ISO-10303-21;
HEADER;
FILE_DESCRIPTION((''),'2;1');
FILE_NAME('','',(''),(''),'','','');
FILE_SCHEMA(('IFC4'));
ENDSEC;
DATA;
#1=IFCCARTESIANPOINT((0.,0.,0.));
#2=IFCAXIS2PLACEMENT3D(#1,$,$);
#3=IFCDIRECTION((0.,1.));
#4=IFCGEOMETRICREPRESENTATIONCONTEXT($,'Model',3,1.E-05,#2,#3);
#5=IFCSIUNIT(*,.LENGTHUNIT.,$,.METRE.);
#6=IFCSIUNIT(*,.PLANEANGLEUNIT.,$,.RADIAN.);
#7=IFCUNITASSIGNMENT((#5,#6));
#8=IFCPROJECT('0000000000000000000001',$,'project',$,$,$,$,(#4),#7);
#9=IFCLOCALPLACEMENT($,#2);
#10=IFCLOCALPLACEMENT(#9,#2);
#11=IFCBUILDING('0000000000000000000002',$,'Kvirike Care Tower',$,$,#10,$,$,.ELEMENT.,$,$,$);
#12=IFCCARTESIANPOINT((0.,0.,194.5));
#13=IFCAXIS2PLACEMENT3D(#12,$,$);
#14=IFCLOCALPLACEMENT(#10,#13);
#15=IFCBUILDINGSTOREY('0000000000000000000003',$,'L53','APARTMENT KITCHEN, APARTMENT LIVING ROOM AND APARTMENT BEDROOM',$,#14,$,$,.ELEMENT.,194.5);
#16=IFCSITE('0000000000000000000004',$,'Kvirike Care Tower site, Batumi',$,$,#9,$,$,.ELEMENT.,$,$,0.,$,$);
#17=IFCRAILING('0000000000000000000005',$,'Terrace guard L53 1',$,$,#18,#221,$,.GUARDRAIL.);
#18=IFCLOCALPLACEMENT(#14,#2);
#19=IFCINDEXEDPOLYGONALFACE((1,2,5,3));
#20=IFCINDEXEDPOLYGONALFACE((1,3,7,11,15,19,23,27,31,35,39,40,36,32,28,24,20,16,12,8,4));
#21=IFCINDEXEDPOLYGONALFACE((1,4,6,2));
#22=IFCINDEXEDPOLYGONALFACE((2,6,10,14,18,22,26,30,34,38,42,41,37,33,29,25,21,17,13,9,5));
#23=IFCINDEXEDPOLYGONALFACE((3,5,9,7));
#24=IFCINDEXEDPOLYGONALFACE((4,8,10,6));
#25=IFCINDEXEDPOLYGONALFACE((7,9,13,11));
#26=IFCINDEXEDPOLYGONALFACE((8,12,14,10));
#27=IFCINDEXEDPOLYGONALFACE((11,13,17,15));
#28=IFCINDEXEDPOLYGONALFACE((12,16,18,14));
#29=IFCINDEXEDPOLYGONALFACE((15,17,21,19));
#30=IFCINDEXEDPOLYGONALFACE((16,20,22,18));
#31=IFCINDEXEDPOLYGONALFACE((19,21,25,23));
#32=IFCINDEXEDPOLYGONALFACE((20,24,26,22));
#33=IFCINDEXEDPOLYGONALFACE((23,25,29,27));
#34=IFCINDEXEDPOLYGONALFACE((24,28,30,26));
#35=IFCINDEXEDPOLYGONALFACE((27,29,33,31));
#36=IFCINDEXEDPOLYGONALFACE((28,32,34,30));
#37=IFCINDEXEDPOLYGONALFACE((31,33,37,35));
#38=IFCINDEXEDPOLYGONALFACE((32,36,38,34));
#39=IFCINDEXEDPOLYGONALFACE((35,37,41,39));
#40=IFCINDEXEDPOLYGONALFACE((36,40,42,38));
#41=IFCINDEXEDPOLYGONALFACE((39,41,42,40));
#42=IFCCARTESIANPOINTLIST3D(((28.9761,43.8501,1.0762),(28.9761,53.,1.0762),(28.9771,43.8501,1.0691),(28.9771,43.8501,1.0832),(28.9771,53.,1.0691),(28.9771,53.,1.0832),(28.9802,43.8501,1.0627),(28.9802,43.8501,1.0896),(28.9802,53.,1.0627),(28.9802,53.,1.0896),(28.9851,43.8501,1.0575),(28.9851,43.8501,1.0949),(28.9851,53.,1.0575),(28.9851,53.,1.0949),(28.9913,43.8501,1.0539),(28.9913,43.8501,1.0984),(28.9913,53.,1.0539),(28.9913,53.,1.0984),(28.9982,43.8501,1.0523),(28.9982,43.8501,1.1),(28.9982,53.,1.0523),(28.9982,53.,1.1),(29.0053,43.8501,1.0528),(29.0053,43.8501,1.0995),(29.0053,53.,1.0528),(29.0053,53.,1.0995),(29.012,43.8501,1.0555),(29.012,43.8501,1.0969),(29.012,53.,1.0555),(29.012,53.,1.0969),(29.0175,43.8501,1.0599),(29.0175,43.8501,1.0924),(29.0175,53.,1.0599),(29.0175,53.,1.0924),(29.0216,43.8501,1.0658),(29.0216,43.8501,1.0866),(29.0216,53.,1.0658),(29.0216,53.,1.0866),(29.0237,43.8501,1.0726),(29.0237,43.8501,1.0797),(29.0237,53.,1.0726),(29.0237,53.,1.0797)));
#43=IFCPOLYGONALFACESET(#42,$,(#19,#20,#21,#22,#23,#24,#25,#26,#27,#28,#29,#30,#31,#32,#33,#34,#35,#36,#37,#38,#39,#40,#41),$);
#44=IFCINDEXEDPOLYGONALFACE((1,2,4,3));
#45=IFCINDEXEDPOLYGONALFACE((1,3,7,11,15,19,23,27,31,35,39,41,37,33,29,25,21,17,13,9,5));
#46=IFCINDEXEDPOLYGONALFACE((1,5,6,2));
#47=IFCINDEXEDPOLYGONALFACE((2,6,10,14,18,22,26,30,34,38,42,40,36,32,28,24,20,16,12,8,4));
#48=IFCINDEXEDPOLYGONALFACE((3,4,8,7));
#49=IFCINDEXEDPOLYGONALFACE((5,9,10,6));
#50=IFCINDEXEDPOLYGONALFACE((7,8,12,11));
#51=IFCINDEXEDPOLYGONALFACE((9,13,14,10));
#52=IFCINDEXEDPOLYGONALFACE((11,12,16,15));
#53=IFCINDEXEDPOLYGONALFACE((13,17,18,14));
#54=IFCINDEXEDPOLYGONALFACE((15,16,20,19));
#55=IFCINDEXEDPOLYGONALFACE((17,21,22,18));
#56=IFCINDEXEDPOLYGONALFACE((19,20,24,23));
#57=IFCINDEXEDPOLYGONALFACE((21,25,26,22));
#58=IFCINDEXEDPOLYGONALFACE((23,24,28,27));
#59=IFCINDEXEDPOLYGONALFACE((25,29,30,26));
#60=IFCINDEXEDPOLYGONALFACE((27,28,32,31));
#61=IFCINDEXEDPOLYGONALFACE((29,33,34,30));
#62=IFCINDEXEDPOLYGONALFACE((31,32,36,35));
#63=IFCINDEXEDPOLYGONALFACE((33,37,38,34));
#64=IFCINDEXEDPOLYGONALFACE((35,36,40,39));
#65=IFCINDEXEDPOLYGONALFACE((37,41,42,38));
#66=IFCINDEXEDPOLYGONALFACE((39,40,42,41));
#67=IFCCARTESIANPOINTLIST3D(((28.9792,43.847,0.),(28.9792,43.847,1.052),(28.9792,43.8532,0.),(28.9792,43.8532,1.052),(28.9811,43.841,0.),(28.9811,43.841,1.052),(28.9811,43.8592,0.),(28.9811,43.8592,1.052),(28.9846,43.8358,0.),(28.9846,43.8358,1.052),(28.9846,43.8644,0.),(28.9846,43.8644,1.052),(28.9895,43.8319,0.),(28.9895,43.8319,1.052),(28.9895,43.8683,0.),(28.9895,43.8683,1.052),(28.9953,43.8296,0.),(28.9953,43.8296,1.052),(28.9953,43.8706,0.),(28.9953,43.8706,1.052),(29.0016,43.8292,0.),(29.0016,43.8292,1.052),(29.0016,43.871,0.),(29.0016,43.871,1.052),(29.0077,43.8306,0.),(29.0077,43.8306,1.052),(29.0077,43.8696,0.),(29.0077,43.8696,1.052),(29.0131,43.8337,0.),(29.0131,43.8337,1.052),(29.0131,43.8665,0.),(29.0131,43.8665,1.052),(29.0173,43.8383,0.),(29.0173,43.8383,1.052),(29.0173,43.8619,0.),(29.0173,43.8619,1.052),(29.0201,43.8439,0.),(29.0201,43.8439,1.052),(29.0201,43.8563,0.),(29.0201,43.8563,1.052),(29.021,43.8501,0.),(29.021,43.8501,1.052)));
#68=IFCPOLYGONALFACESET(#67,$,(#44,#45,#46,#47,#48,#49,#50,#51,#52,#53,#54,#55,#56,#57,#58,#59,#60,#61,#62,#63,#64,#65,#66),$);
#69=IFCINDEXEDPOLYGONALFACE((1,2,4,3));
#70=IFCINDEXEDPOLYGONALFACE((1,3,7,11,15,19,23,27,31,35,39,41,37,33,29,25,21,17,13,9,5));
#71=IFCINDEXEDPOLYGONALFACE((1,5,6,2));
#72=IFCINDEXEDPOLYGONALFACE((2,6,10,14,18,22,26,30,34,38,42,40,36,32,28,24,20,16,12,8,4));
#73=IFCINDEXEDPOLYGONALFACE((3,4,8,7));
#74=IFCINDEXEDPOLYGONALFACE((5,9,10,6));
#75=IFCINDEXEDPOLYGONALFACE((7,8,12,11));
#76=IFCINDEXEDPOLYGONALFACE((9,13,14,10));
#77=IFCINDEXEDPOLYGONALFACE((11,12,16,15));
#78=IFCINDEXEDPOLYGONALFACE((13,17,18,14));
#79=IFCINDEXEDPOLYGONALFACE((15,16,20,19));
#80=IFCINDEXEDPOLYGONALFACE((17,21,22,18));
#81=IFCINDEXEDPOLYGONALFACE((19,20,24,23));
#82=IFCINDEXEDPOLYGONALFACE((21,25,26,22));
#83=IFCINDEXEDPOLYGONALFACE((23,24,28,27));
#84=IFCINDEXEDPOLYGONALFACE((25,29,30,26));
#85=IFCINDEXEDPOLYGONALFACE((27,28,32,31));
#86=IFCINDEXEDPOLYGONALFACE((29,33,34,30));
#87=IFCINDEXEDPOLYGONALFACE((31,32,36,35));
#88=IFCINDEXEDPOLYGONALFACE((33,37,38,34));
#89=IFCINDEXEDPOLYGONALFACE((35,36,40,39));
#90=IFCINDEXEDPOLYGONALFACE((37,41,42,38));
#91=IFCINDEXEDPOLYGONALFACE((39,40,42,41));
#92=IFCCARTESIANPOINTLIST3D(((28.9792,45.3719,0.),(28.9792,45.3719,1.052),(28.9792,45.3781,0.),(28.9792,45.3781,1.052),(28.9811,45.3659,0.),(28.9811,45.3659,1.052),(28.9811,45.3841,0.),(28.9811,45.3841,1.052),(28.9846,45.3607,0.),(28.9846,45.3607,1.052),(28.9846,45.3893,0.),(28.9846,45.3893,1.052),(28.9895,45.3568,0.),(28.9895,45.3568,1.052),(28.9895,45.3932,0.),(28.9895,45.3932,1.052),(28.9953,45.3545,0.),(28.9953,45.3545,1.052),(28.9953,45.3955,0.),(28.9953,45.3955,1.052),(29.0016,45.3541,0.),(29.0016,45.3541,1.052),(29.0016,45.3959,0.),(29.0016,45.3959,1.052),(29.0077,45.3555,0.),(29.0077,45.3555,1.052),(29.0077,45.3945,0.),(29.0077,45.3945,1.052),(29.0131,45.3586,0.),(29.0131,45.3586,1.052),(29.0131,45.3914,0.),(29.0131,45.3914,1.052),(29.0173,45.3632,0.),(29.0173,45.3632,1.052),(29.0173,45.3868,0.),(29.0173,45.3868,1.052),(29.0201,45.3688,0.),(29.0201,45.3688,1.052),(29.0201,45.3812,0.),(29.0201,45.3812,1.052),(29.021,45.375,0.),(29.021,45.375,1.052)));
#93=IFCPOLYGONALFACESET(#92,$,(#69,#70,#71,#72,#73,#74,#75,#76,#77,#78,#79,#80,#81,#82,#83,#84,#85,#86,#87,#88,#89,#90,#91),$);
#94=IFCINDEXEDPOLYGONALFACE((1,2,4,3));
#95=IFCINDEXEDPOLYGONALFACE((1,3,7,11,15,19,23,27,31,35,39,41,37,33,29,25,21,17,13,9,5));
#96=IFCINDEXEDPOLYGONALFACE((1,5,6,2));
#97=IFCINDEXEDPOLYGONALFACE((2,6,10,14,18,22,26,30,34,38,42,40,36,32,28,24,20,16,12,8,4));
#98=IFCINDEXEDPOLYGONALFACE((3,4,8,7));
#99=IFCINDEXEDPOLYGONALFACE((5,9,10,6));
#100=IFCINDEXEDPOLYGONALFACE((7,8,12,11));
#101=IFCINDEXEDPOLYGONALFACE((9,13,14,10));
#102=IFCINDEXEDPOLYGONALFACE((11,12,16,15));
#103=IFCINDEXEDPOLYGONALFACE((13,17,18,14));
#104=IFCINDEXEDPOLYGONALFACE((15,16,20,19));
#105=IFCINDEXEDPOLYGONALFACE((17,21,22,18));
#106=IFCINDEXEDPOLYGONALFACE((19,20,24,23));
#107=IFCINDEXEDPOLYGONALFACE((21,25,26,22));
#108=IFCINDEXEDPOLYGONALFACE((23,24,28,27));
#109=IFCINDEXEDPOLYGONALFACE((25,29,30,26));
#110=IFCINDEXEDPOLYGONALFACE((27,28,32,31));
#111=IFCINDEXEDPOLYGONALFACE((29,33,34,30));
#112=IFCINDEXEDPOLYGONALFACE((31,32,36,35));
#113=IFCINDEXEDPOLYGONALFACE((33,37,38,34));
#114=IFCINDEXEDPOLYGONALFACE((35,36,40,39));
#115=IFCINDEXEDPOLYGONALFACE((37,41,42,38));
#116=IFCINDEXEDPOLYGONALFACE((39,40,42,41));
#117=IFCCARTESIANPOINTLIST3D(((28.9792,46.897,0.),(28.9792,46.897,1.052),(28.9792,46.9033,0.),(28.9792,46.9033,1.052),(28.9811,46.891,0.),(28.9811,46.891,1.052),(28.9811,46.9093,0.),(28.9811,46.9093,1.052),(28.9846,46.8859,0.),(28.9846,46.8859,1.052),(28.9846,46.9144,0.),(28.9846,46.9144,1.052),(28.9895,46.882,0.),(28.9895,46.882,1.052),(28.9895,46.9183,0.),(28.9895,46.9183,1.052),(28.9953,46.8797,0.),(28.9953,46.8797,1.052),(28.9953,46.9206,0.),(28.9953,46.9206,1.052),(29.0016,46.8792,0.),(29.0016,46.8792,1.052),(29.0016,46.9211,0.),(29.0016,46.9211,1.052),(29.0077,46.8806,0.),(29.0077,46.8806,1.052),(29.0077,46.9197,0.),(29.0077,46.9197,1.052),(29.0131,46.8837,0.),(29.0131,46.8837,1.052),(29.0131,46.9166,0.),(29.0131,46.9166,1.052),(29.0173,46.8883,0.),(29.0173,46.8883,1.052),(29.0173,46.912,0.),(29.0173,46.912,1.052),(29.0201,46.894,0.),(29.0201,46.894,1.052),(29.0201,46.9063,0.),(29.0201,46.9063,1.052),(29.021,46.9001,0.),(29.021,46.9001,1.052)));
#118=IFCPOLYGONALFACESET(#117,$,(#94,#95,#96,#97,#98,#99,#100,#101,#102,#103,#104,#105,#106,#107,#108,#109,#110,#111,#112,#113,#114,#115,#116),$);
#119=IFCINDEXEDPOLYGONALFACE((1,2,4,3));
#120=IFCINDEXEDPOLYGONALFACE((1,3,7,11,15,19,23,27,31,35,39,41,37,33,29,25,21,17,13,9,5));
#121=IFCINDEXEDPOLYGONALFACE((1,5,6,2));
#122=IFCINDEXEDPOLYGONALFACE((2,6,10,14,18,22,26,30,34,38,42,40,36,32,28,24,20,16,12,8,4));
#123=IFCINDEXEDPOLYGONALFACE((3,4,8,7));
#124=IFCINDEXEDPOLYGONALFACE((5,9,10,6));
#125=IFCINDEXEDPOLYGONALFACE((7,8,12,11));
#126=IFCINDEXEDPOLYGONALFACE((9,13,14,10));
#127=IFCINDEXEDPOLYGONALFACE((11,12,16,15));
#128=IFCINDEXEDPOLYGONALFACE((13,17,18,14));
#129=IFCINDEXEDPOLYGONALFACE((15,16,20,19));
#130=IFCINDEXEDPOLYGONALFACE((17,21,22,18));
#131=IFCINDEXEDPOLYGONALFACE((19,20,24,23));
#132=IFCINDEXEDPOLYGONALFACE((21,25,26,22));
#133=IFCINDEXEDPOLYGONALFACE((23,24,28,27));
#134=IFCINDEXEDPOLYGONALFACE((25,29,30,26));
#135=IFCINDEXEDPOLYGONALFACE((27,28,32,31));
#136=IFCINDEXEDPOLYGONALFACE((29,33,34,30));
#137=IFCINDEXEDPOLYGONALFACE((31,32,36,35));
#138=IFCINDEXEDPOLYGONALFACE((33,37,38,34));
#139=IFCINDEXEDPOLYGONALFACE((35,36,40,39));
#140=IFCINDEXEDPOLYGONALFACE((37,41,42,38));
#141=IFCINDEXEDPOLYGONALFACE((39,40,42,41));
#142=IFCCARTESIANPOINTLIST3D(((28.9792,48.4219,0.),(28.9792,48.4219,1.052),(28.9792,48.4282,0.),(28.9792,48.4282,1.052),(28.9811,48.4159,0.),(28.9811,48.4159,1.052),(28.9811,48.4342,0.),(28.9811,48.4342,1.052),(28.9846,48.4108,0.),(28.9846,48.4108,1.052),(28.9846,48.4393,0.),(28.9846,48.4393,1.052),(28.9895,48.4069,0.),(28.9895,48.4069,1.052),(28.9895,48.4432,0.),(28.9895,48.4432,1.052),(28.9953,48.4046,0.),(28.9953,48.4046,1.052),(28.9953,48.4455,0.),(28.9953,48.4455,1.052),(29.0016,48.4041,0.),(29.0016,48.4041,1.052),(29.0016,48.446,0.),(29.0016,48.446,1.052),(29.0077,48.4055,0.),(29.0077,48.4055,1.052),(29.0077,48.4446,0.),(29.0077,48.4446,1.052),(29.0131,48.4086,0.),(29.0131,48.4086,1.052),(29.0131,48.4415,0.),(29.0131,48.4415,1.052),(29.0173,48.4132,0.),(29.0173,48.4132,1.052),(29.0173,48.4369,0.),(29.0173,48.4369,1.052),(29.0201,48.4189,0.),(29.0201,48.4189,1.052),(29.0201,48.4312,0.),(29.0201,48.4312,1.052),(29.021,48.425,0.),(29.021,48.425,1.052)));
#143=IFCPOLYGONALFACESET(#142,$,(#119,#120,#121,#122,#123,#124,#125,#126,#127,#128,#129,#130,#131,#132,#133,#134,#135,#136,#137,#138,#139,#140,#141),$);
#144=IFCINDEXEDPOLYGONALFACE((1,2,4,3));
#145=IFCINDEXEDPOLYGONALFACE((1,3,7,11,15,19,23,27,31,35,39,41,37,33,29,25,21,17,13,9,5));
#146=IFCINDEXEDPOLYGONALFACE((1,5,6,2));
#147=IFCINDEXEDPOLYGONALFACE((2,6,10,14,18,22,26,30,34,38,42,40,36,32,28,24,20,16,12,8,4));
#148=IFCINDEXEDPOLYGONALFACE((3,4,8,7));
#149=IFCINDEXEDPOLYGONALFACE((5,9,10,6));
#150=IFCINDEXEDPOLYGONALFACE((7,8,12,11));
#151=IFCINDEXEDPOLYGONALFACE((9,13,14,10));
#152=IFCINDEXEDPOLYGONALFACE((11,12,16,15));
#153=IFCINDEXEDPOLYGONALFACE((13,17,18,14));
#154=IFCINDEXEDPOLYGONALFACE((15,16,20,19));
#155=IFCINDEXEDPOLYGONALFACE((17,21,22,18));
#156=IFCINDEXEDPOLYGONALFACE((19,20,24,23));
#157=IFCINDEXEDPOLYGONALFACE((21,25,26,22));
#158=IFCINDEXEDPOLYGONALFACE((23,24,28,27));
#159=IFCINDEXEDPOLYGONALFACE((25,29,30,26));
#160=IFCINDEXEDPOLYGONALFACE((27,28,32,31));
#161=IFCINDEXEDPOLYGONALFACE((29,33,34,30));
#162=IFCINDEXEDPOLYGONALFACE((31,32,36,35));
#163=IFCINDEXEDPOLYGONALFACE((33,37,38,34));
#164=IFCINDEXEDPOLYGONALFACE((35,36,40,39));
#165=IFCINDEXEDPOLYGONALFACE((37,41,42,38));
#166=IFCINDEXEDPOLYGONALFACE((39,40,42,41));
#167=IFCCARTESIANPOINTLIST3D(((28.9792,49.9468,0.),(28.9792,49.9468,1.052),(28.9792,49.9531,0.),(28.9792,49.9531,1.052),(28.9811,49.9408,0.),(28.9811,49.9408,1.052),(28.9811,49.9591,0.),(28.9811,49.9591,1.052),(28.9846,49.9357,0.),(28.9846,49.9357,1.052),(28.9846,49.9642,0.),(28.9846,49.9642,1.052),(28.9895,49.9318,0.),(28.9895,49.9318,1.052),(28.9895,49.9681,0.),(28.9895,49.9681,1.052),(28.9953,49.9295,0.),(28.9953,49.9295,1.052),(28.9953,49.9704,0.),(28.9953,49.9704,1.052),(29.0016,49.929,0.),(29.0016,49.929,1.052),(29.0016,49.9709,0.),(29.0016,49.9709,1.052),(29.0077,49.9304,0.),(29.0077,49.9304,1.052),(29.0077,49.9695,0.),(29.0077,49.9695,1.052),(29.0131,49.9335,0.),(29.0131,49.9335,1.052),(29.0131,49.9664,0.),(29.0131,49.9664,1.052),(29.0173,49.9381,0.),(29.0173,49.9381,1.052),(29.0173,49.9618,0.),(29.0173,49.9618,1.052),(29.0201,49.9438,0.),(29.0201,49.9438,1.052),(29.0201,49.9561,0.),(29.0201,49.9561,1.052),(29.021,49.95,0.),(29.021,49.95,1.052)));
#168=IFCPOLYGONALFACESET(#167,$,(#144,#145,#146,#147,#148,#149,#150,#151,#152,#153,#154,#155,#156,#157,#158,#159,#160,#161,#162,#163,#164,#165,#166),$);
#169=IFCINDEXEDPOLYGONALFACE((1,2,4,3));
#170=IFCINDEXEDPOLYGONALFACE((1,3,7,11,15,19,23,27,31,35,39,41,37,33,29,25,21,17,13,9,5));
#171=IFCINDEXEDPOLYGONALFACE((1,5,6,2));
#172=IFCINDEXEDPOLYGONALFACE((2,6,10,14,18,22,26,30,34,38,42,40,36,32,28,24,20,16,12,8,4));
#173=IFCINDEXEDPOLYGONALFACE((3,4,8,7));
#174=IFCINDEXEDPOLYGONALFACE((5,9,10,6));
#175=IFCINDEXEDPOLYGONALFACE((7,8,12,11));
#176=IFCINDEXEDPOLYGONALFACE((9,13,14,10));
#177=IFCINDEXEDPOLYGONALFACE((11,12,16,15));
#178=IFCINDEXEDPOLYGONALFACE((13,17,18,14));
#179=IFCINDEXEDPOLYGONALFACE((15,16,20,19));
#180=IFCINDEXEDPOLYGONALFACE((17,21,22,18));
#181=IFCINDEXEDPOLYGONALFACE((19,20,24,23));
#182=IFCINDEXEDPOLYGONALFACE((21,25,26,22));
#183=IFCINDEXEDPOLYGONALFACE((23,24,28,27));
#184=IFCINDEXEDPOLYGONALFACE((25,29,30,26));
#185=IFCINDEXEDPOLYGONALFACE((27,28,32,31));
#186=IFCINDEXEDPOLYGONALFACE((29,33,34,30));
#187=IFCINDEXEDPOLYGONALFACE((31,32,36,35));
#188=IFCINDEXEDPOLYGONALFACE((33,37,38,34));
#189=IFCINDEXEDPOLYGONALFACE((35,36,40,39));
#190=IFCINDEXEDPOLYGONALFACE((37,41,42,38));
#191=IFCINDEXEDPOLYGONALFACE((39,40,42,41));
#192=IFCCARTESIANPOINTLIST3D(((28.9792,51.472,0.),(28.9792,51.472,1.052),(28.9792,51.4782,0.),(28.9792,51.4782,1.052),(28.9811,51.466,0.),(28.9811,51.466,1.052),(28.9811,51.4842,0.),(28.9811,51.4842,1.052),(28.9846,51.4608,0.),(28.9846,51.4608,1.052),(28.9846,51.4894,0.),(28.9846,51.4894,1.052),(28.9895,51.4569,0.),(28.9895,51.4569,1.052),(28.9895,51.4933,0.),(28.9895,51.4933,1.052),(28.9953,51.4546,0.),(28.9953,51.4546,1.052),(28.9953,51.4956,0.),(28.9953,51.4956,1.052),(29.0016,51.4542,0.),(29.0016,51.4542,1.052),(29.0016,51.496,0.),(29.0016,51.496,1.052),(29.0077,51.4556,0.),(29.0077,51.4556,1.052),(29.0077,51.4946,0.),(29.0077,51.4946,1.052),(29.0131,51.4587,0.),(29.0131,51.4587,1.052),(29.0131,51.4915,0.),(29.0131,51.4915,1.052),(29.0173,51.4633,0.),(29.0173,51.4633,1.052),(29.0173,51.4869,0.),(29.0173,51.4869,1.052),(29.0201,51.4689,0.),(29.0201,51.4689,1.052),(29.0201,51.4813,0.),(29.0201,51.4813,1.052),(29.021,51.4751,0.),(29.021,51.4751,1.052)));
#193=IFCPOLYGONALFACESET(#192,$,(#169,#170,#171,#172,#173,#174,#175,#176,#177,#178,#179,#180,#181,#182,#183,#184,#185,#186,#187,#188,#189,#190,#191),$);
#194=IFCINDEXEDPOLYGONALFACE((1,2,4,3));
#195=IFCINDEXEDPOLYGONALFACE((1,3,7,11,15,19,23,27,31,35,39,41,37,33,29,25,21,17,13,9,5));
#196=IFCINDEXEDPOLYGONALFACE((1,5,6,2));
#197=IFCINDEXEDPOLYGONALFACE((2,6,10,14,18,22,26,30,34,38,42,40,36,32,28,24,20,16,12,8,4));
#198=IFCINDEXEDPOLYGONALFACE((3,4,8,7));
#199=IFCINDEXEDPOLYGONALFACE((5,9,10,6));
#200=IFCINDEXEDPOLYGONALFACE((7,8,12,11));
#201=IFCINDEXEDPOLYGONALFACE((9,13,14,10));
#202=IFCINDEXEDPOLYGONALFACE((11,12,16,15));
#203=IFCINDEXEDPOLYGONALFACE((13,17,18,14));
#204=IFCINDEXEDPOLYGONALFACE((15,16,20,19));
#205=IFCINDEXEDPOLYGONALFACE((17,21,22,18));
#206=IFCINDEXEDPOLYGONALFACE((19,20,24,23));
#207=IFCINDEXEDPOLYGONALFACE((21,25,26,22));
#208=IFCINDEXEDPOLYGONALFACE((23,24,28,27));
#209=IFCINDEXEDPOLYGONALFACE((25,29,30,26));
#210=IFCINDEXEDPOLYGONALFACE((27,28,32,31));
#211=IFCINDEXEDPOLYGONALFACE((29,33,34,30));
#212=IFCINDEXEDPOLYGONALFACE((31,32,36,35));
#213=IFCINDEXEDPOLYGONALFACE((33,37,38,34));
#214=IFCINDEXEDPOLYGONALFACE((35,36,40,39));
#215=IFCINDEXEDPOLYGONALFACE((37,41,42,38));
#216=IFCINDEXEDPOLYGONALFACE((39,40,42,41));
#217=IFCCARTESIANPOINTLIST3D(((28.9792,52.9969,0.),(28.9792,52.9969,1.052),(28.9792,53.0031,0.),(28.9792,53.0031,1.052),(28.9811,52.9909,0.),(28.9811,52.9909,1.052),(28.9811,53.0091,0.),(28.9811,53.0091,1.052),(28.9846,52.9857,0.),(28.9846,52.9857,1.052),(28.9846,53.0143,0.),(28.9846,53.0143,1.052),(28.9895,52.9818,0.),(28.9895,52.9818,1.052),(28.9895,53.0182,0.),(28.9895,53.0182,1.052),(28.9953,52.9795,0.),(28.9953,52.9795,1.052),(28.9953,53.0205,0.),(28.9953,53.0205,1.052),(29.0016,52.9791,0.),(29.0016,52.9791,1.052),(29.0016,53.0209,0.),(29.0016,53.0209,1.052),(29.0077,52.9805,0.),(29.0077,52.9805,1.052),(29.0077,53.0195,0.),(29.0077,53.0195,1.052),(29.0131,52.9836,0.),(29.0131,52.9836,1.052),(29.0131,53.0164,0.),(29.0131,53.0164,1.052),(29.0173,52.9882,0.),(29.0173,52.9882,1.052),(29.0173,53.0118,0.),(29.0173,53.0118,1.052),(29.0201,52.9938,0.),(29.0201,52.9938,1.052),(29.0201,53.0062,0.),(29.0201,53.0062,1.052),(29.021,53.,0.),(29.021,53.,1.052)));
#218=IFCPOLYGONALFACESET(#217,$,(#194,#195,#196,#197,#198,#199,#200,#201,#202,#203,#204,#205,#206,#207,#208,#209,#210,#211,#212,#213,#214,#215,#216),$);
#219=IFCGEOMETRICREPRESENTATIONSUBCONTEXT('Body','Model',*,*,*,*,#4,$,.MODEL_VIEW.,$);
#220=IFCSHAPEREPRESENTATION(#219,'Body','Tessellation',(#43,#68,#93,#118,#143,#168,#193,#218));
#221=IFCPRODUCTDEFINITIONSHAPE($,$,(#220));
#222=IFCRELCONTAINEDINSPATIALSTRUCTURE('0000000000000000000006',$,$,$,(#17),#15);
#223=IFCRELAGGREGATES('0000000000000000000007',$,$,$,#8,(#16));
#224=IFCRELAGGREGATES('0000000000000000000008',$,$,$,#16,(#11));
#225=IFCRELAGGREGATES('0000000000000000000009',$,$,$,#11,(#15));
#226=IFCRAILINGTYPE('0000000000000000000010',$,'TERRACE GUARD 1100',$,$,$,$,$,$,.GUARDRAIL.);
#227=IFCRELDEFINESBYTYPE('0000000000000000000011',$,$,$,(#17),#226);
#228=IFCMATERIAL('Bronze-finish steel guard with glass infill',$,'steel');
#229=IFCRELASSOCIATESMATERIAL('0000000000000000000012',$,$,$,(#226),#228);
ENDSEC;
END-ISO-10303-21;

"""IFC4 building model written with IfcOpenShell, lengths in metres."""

from ifc_helpers import new_model, si_unit, direction, frame, origin, origin_2d, place, context, subcontext, project, spatial, circle, extrude, material, type_object, element, save


model = new_model("IFC4")

# Units and contexts
model_context = context("Model", 3, precision=1e-05, world=origin(), true_north=direction((0.0, 1.0)))
body_context = subcontext(model_context, "Body", "Model", "MODEL_VIEW")
ifc_project = project(units=[si_unit("LENGTHUNIT", "METRE"), si_unit("PLANEANGLEUNIT", "RADIAN")], contexts=[model_context])

# Site, building, storey
site_placement = place(None, origin())
site = spatial("IfcSite", under=ifc_project, at=site_placement, Name="Kvirike Care Tower site, Batumi", CompositionType="ELEMENT", RefElevation=0.0)
building_placement = place(site_placement, origin())
building = spatial("IfcBuilding", under=site, at=building_placement, Name="Kvirike Care Tower", CompositionType="ELEMENT")
storey_placement = place(building_placement, frame((0.0, 0.0, 194.5)))
storey = spatial("IfcBuildingStorey", under=building, at=storey_placement, Name="L53", Description="APARTMENT KITCHEN, APARTMENT LIVING ROOM AND APARTMENT BEDROOM", CompositionType="ELEMENT", Elevation=194.5)

# Railing
ifc_material_1 = material(Name="Bronze-finish steel guard with glass infill", Category="steel")
railing_type = type_object("IfcRailingType", Name="TERRACE GUARD 1100", PredefinedType="GUARDRAIL", material=ifc_material_1)
railing_1_placement = place(storey_placement, frame((29.0, 43.8501, 0.0)))
element("IfcRailing", 1, at=railing_1_placement, inside=storey, type_object=railing_type, Name="Terrace guard L53 1", PredefinedType="GUARDRAIL", context=body_context, shape_type="SweptSolid", body=[
    extrude(circle(Radius=0.0239, at=origin_2d()), frame((0.0, 0.0, 1.0762), z_axis=(0.0, 1.0, 0.0), x_axis=(-1.0, 0.0, 0.0)), (0.0, 0.0, 1.0), 9.1499),
    extrude(circle(Radius=0.021, at=origin_2d()), origin(), (0.0, 0.0, 1.0), 1.052),
    extrude(circle(Radius=0.021, at=origin_2d()), frame((0.0, 1.5249, 0.0)), (0.0, 0.0, 1.0), 1.052),
    extrude(circle(Radius=0.021, at=origin_2d()), frame((0.0, 3.05, 0.0)), (0.0, 0.0, 1.0), 1.052),
    extrude(circle(Radius=0.021, at=origin_2d()), frame((0.0, 4.575, 0.0)), (0.0, 0.0, 1.0), 1.052),
    extrude(circle(Radius=0.021, at=origin_2d()), frame((0.0, 6.0999, 0.0)), (0.0, 0.0, 1.0), 1.052),
    extrude(circle(Radius=0.021, at=origin_2d()), frame((0.0, 7.625, 0.0)), (0.0, 0.0, 1.0), 1.052),
    extrude(circle(Radius=0.021, at=origin_2d()), frame((0.0, 9.1499, 0.0)), (0.0, 0.0, 1.0), 1.052),
])

save(model, "model.ifc")
